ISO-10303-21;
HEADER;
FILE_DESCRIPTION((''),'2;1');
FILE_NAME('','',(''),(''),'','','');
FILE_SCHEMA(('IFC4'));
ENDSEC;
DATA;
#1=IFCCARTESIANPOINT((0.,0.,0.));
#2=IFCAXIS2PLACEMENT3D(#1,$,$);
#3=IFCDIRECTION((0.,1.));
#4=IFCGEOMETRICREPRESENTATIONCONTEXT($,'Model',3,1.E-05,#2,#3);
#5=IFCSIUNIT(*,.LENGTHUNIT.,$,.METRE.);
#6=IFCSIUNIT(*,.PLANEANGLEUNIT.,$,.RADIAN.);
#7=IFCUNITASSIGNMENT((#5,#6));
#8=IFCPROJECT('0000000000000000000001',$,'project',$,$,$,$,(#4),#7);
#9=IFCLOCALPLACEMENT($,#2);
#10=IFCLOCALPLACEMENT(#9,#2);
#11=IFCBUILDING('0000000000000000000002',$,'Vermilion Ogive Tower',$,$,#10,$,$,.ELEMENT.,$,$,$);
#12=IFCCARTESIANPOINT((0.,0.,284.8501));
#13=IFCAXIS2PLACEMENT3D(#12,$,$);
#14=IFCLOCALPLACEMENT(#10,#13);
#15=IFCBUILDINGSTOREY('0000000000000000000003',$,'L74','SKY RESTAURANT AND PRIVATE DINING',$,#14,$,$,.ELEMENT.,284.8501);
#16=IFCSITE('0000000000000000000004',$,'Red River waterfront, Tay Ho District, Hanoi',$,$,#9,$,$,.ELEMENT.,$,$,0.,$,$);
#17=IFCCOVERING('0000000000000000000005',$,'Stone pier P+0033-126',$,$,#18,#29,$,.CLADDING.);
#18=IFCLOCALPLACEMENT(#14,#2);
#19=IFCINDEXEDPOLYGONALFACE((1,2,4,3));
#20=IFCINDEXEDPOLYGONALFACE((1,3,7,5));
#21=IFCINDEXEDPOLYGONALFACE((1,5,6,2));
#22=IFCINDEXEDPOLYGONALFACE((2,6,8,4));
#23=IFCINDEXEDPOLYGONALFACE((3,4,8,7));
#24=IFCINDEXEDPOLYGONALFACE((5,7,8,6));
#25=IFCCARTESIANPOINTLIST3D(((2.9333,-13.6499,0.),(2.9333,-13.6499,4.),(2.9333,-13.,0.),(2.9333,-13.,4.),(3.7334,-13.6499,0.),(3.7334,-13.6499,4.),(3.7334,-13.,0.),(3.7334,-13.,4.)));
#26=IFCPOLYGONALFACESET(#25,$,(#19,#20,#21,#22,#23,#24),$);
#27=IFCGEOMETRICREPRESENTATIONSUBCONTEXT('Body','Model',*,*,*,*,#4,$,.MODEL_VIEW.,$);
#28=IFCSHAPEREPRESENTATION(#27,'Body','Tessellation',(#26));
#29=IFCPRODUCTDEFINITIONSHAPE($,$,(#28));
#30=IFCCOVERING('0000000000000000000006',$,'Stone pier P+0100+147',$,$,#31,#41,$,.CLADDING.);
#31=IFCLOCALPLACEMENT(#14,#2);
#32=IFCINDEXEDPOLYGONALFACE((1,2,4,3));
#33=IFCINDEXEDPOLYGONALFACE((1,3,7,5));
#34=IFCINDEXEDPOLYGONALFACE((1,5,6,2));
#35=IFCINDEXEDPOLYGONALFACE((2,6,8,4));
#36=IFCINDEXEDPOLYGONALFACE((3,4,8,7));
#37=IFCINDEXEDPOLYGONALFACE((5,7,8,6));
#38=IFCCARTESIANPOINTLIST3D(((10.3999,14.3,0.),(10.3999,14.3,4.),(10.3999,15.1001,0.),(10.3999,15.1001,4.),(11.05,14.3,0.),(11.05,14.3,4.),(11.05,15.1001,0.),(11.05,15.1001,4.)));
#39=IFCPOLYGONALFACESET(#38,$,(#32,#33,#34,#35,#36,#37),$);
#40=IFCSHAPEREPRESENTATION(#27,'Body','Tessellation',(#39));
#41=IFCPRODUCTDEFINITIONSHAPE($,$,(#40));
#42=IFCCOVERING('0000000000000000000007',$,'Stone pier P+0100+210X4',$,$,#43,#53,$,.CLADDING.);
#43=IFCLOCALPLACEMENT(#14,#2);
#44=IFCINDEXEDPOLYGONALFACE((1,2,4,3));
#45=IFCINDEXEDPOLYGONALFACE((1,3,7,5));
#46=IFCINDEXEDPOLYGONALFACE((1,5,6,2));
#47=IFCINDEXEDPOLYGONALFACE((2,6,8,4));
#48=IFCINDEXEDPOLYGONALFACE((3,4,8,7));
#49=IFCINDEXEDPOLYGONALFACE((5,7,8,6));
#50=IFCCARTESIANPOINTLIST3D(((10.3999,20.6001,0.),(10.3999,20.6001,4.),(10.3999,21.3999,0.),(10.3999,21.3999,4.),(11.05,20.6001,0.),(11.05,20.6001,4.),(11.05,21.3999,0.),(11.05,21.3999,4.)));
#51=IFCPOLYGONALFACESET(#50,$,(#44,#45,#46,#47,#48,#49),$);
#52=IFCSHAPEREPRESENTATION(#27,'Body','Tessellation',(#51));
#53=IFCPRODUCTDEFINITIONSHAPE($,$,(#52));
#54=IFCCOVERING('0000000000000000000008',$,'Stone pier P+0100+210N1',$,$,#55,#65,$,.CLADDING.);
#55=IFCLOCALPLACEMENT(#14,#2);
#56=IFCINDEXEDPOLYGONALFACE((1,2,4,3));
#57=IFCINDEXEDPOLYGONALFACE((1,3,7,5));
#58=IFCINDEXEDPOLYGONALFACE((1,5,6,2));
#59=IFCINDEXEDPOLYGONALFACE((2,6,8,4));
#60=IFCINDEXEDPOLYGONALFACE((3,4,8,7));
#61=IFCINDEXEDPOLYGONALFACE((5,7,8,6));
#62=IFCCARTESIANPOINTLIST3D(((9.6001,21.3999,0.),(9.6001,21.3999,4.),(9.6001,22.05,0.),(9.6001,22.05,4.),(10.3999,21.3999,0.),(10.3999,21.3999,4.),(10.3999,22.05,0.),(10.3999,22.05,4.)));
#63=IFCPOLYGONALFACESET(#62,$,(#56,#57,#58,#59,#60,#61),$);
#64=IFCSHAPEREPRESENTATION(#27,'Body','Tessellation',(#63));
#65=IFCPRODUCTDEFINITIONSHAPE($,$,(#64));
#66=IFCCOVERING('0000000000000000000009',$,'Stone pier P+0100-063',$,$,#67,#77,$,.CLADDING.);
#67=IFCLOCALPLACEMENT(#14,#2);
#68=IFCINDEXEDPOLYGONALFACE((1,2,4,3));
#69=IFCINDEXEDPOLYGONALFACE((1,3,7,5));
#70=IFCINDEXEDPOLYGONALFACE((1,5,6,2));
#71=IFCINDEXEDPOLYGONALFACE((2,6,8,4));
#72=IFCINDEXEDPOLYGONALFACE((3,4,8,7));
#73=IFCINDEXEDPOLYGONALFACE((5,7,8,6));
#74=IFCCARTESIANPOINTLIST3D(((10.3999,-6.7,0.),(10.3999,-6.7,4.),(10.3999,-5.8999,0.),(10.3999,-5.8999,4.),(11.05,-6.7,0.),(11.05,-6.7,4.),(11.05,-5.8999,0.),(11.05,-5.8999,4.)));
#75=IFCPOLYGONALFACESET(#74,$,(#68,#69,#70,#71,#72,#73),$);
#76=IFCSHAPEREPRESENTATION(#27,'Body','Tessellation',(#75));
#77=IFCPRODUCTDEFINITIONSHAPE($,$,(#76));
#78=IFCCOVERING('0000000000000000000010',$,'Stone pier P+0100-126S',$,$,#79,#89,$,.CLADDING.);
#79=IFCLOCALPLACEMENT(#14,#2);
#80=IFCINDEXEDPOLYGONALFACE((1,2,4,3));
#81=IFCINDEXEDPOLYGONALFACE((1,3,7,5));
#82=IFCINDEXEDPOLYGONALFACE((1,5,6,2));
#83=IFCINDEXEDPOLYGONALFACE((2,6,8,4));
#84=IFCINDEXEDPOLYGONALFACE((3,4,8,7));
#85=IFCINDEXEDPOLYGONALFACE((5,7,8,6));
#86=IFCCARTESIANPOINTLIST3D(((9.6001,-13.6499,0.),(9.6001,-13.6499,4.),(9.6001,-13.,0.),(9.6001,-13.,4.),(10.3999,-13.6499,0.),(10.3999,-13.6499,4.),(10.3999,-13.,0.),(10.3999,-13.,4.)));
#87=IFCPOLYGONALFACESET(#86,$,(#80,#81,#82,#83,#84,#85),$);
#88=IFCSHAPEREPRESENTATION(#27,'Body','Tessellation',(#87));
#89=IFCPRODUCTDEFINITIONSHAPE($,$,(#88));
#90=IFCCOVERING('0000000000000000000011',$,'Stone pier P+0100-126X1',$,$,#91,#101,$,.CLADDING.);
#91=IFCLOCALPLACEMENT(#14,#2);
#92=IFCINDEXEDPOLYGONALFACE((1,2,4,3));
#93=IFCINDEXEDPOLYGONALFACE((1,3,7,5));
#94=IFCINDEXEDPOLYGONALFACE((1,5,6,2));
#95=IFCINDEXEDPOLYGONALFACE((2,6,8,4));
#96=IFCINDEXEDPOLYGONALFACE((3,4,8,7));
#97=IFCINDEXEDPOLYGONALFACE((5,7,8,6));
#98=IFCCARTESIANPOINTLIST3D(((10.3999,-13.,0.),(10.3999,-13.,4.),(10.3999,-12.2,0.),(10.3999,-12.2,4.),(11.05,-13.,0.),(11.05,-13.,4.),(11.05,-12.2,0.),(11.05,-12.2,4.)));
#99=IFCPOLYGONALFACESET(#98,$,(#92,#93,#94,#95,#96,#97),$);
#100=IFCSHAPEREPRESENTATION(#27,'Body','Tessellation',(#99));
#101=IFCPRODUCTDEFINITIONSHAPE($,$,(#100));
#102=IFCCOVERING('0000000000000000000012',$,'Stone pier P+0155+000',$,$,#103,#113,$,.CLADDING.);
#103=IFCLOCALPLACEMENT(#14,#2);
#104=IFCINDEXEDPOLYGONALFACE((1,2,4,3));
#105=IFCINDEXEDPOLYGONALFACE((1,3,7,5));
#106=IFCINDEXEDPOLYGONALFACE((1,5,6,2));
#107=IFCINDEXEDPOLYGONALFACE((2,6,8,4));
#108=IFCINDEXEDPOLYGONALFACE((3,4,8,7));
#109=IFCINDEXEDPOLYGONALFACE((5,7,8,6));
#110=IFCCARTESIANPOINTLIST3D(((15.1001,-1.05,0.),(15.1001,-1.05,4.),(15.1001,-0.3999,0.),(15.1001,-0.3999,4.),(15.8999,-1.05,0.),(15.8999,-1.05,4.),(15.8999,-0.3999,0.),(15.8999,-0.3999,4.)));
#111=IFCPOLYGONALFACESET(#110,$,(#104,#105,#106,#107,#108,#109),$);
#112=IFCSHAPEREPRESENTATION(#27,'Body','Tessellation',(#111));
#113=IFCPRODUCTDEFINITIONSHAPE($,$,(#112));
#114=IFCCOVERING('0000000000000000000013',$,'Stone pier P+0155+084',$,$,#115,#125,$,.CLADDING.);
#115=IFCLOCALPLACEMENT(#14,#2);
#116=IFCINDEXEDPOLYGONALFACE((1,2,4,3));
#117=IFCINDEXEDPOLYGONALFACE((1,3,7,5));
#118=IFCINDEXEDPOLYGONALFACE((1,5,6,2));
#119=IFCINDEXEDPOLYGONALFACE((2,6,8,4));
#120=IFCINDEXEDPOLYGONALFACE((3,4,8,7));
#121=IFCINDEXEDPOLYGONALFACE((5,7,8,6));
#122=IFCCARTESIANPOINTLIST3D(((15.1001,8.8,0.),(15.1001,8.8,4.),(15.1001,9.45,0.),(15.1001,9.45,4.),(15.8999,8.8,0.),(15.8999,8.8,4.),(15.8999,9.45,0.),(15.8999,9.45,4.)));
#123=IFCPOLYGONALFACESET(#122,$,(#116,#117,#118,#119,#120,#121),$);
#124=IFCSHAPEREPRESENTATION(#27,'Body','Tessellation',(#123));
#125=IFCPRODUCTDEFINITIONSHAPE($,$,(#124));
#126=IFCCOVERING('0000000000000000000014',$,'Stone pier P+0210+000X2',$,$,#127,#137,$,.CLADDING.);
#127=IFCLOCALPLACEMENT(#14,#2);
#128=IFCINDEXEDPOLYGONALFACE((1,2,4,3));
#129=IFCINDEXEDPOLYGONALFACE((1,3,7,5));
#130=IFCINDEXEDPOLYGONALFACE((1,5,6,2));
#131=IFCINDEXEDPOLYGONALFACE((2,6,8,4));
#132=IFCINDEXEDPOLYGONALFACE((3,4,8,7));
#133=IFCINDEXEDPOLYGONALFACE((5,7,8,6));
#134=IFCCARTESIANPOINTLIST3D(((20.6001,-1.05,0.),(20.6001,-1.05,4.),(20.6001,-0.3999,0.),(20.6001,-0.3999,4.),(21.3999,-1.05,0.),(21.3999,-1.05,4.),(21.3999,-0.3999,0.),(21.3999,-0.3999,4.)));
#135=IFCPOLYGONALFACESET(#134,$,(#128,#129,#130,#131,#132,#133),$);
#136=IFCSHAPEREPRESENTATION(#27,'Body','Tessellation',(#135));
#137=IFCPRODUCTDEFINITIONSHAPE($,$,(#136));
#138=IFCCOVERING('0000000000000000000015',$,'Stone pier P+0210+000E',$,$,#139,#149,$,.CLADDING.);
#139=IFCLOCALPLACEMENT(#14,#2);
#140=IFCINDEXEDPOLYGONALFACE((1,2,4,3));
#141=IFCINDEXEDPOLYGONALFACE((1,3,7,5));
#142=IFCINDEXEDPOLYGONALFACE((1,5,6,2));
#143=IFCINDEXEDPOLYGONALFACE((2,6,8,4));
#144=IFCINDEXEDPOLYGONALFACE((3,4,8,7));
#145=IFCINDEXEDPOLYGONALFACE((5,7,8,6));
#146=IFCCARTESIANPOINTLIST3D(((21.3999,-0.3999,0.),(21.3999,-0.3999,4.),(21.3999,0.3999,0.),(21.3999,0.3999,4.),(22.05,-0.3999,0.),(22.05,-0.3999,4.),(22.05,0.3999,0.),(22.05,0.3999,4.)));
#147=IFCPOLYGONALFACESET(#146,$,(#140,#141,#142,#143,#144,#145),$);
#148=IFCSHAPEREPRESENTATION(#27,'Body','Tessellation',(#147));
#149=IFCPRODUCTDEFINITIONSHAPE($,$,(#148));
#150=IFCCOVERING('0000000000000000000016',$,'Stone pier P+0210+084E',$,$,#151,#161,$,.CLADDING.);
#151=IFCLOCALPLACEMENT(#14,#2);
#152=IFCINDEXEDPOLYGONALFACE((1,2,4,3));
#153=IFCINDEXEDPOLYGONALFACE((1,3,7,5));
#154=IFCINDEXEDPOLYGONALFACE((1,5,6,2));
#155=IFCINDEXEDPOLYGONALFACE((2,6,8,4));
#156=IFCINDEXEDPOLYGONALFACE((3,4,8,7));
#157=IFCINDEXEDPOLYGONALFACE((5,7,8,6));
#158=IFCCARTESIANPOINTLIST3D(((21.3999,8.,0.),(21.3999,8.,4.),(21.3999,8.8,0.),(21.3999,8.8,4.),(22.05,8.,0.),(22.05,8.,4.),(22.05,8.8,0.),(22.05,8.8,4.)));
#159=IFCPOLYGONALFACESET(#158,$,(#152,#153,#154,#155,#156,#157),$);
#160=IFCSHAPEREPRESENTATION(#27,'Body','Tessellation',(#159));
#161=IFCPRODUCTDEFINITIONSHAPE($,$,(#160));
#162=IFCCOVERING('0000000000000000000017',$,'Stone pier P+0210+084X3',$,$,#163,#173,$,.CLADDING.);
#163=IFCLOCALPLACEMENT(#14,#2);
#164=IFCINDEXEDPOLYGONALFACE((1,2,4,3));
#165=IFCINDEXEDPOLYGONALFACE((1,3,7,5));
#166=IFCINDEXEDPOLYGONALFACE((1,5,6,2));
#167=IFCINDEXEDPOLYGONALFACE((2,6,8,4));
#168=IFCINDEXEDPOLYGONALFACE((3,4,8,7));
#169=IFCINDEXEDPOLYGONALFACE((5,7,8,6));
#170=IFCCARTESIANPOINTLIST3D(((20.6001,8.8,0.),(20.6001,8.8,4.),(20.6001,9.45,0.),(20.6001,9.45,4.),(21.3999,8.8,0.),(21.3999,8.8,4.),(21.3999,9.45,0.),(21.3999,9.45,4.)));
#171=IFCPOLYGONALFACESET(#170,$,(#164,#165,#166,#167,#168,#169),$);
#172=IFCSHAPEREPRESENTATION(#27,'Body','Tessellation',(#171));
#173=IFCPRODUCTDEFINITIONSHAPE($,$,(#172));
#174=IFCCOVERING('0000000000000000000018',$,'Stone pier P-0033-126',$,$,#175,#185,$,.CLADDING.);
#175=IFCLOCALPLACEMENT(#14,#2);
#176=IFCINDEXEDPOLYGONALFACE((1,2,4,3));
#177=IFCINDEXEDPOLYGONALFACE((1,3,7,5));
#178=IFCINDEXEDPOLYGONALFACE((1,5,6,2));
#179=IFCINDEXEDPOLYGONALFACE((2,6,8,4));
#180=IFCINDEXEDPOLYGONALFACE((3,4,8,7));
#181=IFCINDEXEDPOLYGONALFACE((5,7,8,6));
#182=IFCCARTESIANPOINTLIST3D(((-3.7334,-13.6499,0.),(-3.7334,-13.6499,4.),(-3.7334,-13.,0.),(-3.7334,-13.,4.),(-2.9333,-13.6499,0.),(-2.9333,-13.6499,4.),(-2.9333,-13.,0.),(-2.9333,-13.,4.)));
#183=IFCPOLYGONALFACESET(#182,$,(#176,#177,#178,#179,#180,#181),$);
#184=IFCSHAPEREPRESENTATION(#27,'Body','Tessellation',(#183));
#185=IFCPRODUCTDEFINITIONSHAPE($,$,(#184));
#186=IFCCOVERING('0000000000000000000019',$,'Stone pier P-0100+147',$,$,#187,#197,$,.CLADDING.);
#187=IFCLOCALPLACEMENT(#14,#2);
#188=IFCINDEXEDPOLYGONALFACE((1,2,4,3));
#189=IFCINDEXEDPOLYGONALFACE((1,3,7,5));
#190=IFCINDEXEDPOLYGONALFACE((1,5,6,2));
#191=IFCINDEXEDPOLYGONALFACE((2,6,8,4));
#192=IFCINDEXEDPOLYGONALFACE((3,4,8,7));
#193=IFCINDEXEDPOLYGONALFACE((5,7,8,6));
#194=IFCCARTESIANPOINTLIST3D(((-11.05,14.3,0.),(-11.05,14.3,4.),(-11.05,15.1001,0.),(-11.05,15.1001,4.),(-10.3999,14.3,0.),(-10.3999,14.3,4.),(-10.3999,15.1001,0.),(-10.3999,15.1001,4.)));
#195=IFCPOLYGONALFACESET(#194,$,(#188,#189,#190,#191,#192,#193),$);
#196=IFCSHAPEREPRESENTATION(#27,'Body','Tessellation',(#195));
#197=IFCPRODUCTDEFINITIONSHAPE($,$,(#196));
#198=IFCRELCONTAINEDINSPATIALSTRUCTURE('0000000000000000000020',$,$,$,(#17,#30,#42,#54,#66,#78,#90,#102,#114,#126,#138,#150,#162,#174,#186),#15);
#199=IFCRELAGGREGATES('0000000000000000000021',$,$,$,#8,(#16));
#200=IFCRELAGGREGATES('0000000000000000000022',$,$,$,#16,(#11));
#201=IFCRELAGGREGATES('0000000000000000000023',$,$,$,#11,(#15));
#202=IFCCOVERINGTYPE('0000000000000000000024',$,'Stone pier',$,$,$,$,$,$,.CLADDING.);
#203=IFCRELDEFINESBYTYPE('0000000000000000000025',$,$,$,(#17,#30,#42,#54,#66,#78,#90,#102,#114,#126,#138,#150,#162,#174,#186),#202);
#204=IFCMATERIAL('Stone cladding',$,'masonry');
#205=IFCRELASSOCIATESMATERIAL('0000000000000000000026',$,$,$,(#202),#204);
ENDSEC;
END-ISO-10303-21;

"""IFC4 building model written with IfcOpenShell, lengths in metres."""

from ifc_helpers import new_model, si_unit, direction, frame, origin, place, context, subcontext, project, spatial, polyline, outline, extrude, material, type_object, element, save


model = new_model("IFC4")

# Units and contexts
model_context = context("Model", 3, precision=1e-05, world=origin(), true_north=direction((0.0, 1.0)))
body_context = subcontext(model_context, "Body", "Model", "MODEL_VIEW")
ifc_project = project(units=[si_unit("LENGTHUNIT", "METRE"), si_unit("PLANEANGLEUNIT", "RADIAN")], contexts=[model_context])

# Site, building, storey
site_placement = place(None, origin())
site = spatial("IfcSite", under=ifc_project, at=site_placement, Name="Red River waterfront, Tay Ho District, Hanoi", CompositionType="ELEMENT", RefElevation=0.0)
building_placement = place(site_placement, origin())
building = spatial("IfcBuilding", under=site, at=building_placement, Name="Vermilion Ogive Tower", CompositionType="ELEMENT")
storey_placement = place(building_placement, frame((0.0, 0.0, 284.8501)))
storey = spatial("IfcBuildingStorey", under=building, at=storey_placement, Name="L74", Description="SKY RESTAURANT AND PRIVATE DINING", CompositionType="ELEMENT", Elevation=284.8501)

# Coverings
ifc_material_1 = material(Name="Stone cladding", Category="masonry")
covering_type = type_object("IfcCoveringType", Name="Stone pier", PredefinedType="CLADDING", material=ifc_material_1)
covering_1_placement = place(storey_placement, origin())
element("IfcCovering", 1, at=covering_1_placement, inside=storey, type_object=covering_type, Name="Stone pier P+0033-126", PredefinedType="CLADDING", context=body_context, shape_type="SweptSolid", body=[
    extrude(outline(polyline([(3.7334, -13.0), (3.7334, -13.6499), (2.9333, -13.6499), (2.9333, -13.0), (2.9333, -13.0), (3.7334, -13.0)])), origin(), (0.0, 0.0, 1.0), 4.0),
])
covering_2_placement = place(storey_placement, origin())
element("IfcCovering", 2, at=covering_2_placement, inside=storey, type_object=covering_type, Name="Stone pier P+0100+147", PredefinedType="CLADDING", context=body_context, shape_type="SweptSolid", body=[
    extrude(outline(polyline([(11.05, 15.1001), (11.05, 14.3), (10.3999, 14.3), (10.3999, 15.1001), (11.05, 15.1001)])), origin(), (0.0, 0.0, 1.0), 4.0),
])
covering_3_placement = place(storey_placement, origin())
element("IfcCovering", 3, at=covering_3_placement, inside=storey, type_object=covering_type, Name="Stone pier P+0100+210X4", PredefinedType="CLADDING", context=body_context, shape_type="SweptSolid", body=[
    extrude(outline(polyline([(11.05, 21.3999), (11.05, 20.6001), (10.3999, 20.6001), (10.3999, 21.3999), (11.05, 21.3999)])), origin(), (0.0, 0.0, 1.0), 4.0),
])
covering_4_placement = place(storey_placement, origin())
element("IfcCovering", 4, at=covering_4_placement, inside=storey, type_object=covering_type, Name="Stone pier P+0100+210N1", PredefinedType="CLADDING", context=body_context, shape_type="SweptSolid", body=[
    extrude(outline(polyline([(10.3999, 22.05), (10.3999, 21.3999), (9.6001, 21.3999), (9.6001, 22.05), (10.3999, 22.05)])), origin(), (0.0, 0.0, 1.0), 4.0),
])
covering_5_placement = place(storey_placement, origin())
element("IfcCovering", 5, at=covering_5_placement, inside=storey, type_object=covering_type, Name="Stone pier P+0100-063", PredefinedType="CLADDING", context=body_context, shape_type="SweptSolid", body=[
    extrude(outline(polyline([(11.05, -5.8999), (11.05, -6.7), (10.3999, -6.7), (10.3999, -5.8999), (11.05, -5.8999)])), origin(), (0.0, 0.0, 1.0), 4.0),
])
covering_6_placement = place(storey_placement, origin())
element("IfcCovering", 6, at=covering_6_placement, inside=storey, type_object=covering_type, Name="Stone pier P+0100-126S", PredefinedType="CLADDING", context=body_context, shape_type="SweptSolid", body=[
    extrude(outline(polyline([(10.3999, -13.6499), (9.6001, -13.6499), (9.6001, -13.0), (10.3999, -13.0), (10.3999, -13.6499)])), origin(), (0.0, 0.0, 1.0), 4.0),
])
covering_7_placement = place(storey_placement, origin())
element("IfcCovering", 7, at=covering_7_placement, inside=storey, type_object=covering_type, Name="Stone pier P+0100-126X1", PredefinedType="CLADDING", context=body_context, shape_type="SweptSolid", body=[
    extrude(outline(polyline([(11.05, -13.0), (10.3999, -13.0), (10.3999, -12.2), (11.05, -12.2), (11.05, -13.0)])), origin(), (0.0, 0.0, 1.0), 4.0),
])
covering_8_placement = place(storey_placement, origin())
element("IfcCovering", 8, at=covering_8_placement, inside=storey, type_object=covering_type, Name="Stone pier P+0155+000", PredefinedType="CLADDING", context=body_context, shape_type="SweptSolid", body=[
    extrude(outline(polyline([(15.8999, -1.05), (15.1001, -1.05), (15.1001, -0.3999), (15.8999, -0.3999), (15.8999, -1.05)])), origin(), (0.0, 0.0, 1.0), 4.0),
])
covering_9_placement = place(storey_placement, origin())
element("IfcCovering", 9, at=covering_9_placement, inside=storey, type_object=covering_type, Name="Stone pier P+0155+084", PredefinedType="CLADDING", context=body_context, shape_type="SweptSolid", body=[
    extrude(outline(polyline([(15.1001, 9.45), (15.8999, 9.45), (15.8999, 8.8), (15.1001, 8.8), (15.1001, 9.45)])), origin(), (0.0, 0.0, 1.0), 4.0),
])
covering_10_placement = place(storey_placement, origin())
element("IfcCovering", 10, at=covering_10_placement, inside=storey, type_object=covering_type, Name="Stone pier P+0210+000X2", PredefinedType="CLADDING", context=body_context, shape_type="SweptSolid", body=[
    extrude(outline(polyline([(21.3999, -1.05), (20.6001, -1.05), (20.6001, -0.3999), (21.3999, -0.3999), (21.3999, -1.05)])), origin(), (0.0, 0.0, 1.0), 4.0),
])
covering_11_placement = place(storey_placement, origin())
element("IfcCovering", 11, at=covering_11_placement, inside=storey, type_object=covering_type, Name="Stone pier P+0210+000E", PredefinedType="CLADDING", context=body_context, shape_type="SweptSolid", body=[
    extrude(outline(polyline([(22.05, -0.3999), (21.3999, -0.3999), (21.3999, 0.3999), (22.05, 0.3999), (22.05, -0.3999)])), origin(), (0.0, 0.0, 1.0), 4.0),
])
covering_12_placement = place(storey_placement, origin())
element("IfcCovering", 12, at=covering_12_placement, inside=storey, type_object=covering_type, Name="Stone pier P+0210+084E", PredefinedType="CLADDING", context=body_context, shape_type="SweptSolid", body=[
    extrude(outline(polyline([(22.05, 8.8), (22.05, 8.0), (21.3999, 8.0), (21.3999, 8.8), (22.05, 8.8)])), origin(), (0.0, 0.0, 1.0), 4.0),
])
covering_13_placement = place(storey_placement, origin())
element("IfcCovering", 13, at=covering_13_placement, inside=storey, type_object=covering_type, Name="Stone pier P+0210+084X3", PredefinedType="CLADDING", context=body_context, shape_type="SweptSolid", body=[
    extrude(outline(polyline([(21.3999, 9.45), (21.3999, 8.8), (20.6001, 8.8), (20.6001, 9.45), (21.3999, 9.45)])), origin(), (0.0, 0.0, 1.0), 4.0),
])
covering_14_placement = place(storey_placement, origin())
element("IfcCovering", 14, at=covering_14_placement, inside=storey, type_object=covering_type, Name="Stone pier P-0033-126", PredefinedType="CLADDING", context=body_context, shape_type="SweptSolid", body=[
    extrude(outline(polyline([(-2.9333, -13.0), (-2.9333, -13.6499), (-3.7334, -13.6499), (-3.7334, -13.0), (-2.9333, -13.0), (-2.9333, -13.0)])), origin(), (0.0, 0.0, 1.0), 4.0),
])
covering_15_placement = place(storey_placement, origin())
element("IfcCovering", 15, at=covering_15_placement, inside=storey, type_object=covering_type, Name="Stone pier P-0100+147", PredefinedType="CLADDING", context=body_context, shape_type="SweptSolid", body=[
    extrude(outline(polyline([(-11.05, 14.3), (-11.05, 15.1001), (-10.3999, 15.1001), (-10.3999, 14.3), (-11.05, 14.3)])), origin(), (0.0, 0.0, 1.0), 4.0),
])

save(model, "model.ifc")
